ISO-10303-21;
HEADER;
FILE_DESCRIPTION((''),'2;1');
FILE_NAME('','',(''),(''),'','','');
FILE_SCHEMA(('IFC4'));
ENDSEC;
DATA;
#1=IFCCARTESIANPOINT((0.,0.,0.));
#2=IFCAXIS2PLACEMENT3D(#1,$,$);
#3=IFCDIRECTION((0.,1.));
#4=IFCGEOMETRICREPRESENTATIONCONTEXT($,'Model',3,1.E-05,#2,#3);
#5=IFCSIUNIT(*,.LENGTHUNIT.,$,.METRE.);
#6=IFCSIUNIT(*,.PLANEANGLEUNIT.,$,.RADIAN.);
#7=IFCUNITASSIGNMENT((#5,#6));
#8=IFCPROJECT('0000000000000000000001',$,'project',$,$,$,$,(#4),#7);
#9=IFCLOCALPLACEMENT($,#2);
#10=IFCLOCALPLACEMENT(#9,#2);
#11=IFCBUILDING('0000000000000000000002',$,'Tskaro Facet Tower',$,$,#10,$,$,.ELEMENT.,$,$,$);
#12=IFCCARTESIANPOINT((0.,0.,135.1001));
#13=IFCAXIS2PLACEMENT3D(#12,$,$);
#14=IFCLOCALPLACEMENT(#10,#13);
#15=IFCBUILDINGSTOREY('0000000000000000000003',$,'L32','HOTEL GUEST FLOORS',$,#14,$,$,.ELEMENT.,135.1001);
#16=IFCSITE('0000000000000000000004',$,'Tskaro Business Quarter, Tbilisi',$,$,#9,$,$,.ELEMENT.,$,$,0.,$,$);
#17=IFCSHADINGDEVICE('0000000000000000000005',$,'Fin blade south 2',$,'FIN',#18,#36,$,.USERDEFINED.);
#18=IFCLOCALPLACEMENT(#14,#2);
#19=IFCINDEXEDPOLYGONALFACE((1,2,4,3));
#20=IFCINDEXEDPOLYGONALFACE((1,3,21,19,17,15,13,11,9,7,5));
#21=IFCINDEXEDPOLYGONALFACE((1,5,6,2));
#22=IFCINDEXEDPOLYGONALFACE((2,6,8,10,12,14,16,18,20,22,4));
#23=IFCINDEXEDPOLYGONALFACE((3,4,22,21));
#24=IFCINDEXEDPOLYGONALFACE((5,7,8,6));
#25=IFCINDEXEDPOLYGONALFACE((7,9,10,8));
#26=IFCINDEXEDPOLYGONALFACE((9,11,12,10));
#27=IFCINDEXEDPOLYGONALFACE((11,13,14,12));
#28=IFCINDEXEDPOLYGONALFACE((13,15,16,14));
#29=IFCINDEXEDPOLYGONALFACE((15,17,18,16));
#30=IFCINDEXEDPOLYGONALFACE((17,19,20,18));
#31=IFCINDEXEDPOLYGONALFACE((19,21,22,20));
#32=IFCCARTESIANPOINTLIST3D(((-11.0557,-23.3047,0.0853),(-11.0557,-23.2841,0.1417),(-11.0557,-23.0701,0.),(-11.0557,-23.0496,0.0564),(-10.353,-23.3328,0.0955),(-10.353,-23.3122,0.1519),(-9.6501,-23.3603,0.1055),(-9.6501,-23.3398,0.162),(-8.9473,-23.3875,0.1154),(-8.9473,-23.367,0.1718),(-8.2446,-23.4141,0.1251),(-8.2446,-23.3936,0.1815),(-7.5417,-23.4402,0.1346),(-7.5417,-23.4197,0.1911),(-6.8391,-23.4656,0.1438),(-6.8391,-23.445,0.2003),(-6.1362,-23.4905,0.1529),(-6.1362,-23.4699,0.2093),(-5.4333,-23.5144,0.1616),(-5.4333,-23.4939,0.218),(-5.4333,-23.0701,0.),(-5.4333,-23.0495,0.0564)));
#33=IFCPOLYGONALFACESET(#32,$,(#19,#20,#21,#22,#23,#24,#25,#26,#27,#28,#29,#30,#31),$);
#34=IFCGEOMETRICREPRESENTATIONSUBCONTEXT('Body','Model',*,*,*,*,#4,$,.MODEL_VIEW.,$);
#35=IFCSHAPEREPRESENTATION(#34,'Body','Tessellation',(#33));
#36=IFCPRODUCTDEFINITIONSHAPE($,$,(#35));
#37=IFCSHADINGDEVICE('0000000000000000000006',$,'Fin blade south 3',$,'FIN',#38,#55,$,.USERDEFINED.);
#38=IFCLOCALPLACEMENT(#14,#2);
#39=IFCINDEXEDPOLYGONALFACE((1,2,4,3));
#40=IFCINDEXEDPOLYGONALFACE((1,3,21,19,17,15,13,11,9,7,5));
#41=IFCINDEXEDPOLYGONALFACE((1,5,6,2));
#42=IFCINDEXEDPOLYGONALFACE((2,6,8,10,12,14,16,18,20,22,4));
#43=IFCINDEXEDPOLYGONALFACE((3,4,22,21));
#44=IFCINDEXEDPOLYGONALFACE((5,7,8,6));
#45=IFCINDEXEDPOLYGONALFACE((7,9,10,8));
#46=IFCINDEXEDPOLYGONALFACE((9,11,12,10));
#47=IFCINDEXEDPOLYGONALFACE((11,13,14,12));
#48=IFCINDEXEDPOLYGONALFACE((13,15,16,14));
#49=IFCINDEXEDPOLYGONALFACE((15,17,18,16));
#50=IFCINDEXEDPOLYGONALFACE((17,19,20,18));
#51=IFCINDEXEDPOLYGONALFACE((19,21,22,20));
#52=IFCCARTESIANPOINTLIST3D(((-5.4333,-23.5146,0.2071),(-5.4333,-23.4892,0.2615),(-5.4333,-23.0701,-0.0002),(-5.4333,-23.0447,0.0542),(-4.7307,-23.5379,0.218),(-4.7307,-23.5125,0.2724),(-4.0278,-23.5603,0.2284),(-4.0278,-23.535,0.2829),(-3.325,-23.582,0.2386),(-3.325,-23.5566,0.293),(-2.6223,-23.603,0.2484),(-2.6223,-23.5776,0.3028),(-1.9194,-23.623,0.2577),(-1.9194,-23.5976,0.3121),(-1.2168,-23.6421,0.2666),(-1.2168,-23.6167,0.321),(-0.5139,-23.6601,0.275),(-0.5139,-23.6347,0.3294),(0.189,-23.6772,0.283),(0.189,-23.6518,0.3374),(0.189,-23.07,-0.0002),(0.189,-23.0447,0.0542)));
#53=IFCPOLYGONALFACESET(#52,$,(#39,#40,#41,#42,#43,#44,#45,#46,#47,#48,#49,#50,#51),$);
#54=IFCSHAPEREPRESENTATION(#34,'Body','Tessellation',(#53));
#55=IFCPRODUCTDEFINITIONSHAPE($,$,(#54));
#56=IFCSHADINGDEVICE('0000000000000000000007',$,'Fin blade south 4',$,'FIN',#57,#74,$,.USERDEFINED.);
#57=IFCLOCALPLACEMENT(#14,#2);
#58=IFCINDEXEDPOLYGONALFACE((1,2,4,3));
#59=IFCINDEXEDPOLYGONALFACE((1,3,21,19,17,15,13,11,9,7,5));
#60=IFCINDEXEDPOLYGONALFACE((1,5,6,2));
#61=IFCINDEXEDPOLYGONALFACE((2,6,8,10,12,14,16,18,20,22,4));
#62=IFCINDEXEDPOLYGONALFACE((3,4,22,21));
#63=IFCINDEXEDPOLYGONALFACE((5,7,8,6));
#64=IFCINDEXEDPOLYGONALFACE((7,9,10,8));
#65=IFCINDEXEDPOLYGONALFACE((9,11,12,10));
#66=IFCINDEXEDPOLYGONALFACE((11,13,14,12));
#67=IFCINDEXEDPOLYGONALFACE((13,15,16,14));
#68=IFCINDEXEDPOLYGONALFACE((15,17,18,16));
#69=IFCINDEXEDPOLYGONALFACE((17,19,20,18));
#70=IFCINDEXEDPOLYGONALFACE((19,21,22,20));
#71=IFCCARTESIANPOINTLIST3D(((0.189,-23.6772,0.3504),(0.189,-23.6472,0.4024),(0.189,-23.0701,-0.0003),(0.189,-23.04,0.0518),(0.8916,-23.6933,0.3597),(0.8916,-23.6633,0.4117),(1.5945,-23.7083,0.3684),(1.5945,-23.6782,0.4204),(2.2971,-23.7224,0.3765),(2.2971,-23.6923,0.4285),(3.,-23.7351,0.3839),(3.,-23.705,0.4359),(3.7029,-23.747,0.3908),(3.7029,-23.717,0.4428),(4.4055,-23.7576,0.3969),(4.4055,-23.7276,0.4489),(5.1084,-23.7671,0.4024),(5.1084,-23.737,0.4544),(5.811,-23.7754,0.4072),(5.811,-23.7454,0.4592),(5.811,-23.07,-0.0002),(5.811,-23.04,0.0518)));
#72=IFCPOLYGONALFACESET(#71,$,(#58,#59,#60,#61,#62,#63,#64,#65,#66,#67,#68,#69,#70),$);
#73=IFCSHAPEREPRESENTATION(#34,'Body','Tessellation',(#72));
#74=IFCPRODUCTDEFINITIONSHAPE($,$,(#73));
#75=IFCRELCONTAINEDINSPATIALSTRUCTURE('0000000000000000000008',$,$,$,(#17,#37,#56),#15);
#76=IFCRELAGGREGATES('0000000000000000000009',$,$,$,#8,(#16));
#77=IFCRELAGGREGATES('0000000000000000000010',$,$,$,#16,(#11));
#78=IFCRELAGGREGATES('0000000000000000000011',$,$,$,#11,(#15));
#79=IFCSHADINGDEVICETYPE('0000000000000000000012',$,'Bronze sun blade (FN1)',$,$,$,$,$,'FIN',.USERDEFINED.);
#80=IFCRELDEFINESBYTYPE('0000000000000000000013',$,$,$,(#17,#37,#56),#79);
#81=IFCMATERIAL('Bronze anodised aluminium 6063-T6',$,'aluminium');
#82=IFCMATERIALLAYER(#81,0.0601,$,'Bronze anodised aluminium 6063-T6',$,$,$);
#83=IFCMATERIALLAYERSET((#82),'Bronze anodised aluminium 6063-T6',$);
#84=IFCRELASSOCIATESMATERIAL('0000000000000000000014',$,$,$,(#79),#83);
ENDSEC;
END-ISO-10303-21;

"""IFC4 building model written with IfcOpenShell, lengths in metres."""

from ifc_helpers import new_model, si_unit, direction, frame, origin, place, context, subcontext, project, spatial, polyline, outline, extrude, material, layer, layer_set, type_object, element, save


model = new_model("IFC4")

# Units and contexts
model_context = context("Model", 3, precision=1e-05, world=origin(), true_north=direction((0.0, 1.0)))
body_context = subcontext(model_context, "Body", "Model", "MODEL_VIEW")
ifc_project = project(units=[si_unit("LENGTHUNIT", "METRE"), si_unit("PLANEANGLEUNIT", "RADIAN")], contexts=[model_context])

# Site, building, storey
site_placement = place(None, origin())
site = spatial("IfcSite", under=ifc_project, at=site_placement, Name="Tskaro Business Quarter, Tbilisi", CompositionType="ELEMENT", RefElevation=0.0)
building_placement = place(site_placement, origin())
building = spatial("IfcBuilding", under=site, at=building_placement, Name="Tskaro Facet Tower", CompositionType="ELEMENT")
storey_placement = place(building_placement, frame((0.0, 0.0, 135.1001)))
storey = spatial("IfcBuildingStorey", under=building, at=storey_placement, Name="L32", Description="HOTEL GUEST FLOORS", CompositionType="ELEMENT", Elevation=135.1001)

# Shared definitions
ifc_material_1 = material(Name="Bronze anodised aluminium 6063-T6", Category="aluminium")

# Shading devices
ifc_layer_1 = layer(ifc_material_1, 0.0601, Name="Bronze anodised aluminium 6063-T6")
ifc_layer_set_1 = layer_set([ifc_layer_1], Name="Bronze anodised aluminium 6063-T6")
shading_device_type = type_object("IfcShadingDeviceType", Name="Bronze sun blade (FN1)", ElementType="FIN", PredefinedType="USERDEFINED", material=ifc_layer_set_1)
shading_device_1_placement = place(storey_placement, frame((-11.0557, -23.0496, 0.0564), z_axis=(-0.000009, 0.341787, 0.939778), x_axis=(1.0, 0.000003, 0.000009)))
element("IfcShadingDevice", 1, at=shading_device_1_placement, inside=storey, type_object=shading_device_type, Name="Fin blade south 2", ObjectType="FIN", PredefinedType="USERDEFINED", context=body_context, shape_type="SweptSolid", body=[
    extrude(outline(polyline([(0.0, 0.0), (5.6223, 0.0), (5.6223, -0.4728), (4.9194, -0.4473), (4.2166, -0.4208), (3.5139, -0.3939), (2.811, -0.3661), (2.1084, -0.3377), (1.4055, -0.3088), (0.7026, -0.2795), (0.0, -0.2496), (0.0, 0.0)])), origin(), (0.0, 0.0, -1.0), 0.0601),
])
shading_device_2_placement = place(storey_placement, frame((-5.4333, -23.0447, 0.0542), z_axis=(-0.000006, 0.42269, 0.906274), x_axis=(1.0, 0.000003, 0.000006)))
element("IfcShadingDevice", 2, at=shading_device_2_placement, inside=storey, type_object=shading_device_type, Name="Fin blade south 3", ObjectType="FIN", PredefinedType="USERDEFINED", context=body_context, shape_type="SweptSolid", body=[
    extrude(outline(polyline([(0.0, 0.0), (5.6223, 0.0), (5.6223, -0.67), (4.9194, -0.6511), (4.2166, -0.6312), (3.5139, -0.6101), (2.811, -0.5881), (2.1084, -0.5649), (1.4055, -0.541), (0.7026, -0.5162), (0.0, -0.4905), (0.0, 0.0)])), origin(), (0.0, 0.0, -1.0), 0.0601),
])
shading_device_3_placement = place(storey_placement, frame((0.189, -23.04, 0.0518), z_axis=(-0.000016, 0.500116, 0.865958), x_axis=(1.0, 0.000008, 0.000014)))
element("IfcShadingDevice", 3, at=shading_device_3_placement, inside=storey, type_object=shading_device_type, Name="Fin blade south 4", ObjectType="FIN", PredefinedType="USERDEFINED", context=body_context, shape_type="SweptSolid", body=[
    extrude(outline(polyline([(0.0, 0.0), (5.6221, 0.0), (5.6221, -0.8146), (4.9194, -0.8049), (4.2166, -0.794), (3.5139, -0.7817), (2.811, -0.768), (2.1082, -0.7533), (1.4055, -0.737), (0.7026, -0.7197), (0.0, -0.7011), (0.0, 0.0)])), origin(), (0.0, 0.0, -1.0), 0.0601),
])

save(model, "model.ifc")
